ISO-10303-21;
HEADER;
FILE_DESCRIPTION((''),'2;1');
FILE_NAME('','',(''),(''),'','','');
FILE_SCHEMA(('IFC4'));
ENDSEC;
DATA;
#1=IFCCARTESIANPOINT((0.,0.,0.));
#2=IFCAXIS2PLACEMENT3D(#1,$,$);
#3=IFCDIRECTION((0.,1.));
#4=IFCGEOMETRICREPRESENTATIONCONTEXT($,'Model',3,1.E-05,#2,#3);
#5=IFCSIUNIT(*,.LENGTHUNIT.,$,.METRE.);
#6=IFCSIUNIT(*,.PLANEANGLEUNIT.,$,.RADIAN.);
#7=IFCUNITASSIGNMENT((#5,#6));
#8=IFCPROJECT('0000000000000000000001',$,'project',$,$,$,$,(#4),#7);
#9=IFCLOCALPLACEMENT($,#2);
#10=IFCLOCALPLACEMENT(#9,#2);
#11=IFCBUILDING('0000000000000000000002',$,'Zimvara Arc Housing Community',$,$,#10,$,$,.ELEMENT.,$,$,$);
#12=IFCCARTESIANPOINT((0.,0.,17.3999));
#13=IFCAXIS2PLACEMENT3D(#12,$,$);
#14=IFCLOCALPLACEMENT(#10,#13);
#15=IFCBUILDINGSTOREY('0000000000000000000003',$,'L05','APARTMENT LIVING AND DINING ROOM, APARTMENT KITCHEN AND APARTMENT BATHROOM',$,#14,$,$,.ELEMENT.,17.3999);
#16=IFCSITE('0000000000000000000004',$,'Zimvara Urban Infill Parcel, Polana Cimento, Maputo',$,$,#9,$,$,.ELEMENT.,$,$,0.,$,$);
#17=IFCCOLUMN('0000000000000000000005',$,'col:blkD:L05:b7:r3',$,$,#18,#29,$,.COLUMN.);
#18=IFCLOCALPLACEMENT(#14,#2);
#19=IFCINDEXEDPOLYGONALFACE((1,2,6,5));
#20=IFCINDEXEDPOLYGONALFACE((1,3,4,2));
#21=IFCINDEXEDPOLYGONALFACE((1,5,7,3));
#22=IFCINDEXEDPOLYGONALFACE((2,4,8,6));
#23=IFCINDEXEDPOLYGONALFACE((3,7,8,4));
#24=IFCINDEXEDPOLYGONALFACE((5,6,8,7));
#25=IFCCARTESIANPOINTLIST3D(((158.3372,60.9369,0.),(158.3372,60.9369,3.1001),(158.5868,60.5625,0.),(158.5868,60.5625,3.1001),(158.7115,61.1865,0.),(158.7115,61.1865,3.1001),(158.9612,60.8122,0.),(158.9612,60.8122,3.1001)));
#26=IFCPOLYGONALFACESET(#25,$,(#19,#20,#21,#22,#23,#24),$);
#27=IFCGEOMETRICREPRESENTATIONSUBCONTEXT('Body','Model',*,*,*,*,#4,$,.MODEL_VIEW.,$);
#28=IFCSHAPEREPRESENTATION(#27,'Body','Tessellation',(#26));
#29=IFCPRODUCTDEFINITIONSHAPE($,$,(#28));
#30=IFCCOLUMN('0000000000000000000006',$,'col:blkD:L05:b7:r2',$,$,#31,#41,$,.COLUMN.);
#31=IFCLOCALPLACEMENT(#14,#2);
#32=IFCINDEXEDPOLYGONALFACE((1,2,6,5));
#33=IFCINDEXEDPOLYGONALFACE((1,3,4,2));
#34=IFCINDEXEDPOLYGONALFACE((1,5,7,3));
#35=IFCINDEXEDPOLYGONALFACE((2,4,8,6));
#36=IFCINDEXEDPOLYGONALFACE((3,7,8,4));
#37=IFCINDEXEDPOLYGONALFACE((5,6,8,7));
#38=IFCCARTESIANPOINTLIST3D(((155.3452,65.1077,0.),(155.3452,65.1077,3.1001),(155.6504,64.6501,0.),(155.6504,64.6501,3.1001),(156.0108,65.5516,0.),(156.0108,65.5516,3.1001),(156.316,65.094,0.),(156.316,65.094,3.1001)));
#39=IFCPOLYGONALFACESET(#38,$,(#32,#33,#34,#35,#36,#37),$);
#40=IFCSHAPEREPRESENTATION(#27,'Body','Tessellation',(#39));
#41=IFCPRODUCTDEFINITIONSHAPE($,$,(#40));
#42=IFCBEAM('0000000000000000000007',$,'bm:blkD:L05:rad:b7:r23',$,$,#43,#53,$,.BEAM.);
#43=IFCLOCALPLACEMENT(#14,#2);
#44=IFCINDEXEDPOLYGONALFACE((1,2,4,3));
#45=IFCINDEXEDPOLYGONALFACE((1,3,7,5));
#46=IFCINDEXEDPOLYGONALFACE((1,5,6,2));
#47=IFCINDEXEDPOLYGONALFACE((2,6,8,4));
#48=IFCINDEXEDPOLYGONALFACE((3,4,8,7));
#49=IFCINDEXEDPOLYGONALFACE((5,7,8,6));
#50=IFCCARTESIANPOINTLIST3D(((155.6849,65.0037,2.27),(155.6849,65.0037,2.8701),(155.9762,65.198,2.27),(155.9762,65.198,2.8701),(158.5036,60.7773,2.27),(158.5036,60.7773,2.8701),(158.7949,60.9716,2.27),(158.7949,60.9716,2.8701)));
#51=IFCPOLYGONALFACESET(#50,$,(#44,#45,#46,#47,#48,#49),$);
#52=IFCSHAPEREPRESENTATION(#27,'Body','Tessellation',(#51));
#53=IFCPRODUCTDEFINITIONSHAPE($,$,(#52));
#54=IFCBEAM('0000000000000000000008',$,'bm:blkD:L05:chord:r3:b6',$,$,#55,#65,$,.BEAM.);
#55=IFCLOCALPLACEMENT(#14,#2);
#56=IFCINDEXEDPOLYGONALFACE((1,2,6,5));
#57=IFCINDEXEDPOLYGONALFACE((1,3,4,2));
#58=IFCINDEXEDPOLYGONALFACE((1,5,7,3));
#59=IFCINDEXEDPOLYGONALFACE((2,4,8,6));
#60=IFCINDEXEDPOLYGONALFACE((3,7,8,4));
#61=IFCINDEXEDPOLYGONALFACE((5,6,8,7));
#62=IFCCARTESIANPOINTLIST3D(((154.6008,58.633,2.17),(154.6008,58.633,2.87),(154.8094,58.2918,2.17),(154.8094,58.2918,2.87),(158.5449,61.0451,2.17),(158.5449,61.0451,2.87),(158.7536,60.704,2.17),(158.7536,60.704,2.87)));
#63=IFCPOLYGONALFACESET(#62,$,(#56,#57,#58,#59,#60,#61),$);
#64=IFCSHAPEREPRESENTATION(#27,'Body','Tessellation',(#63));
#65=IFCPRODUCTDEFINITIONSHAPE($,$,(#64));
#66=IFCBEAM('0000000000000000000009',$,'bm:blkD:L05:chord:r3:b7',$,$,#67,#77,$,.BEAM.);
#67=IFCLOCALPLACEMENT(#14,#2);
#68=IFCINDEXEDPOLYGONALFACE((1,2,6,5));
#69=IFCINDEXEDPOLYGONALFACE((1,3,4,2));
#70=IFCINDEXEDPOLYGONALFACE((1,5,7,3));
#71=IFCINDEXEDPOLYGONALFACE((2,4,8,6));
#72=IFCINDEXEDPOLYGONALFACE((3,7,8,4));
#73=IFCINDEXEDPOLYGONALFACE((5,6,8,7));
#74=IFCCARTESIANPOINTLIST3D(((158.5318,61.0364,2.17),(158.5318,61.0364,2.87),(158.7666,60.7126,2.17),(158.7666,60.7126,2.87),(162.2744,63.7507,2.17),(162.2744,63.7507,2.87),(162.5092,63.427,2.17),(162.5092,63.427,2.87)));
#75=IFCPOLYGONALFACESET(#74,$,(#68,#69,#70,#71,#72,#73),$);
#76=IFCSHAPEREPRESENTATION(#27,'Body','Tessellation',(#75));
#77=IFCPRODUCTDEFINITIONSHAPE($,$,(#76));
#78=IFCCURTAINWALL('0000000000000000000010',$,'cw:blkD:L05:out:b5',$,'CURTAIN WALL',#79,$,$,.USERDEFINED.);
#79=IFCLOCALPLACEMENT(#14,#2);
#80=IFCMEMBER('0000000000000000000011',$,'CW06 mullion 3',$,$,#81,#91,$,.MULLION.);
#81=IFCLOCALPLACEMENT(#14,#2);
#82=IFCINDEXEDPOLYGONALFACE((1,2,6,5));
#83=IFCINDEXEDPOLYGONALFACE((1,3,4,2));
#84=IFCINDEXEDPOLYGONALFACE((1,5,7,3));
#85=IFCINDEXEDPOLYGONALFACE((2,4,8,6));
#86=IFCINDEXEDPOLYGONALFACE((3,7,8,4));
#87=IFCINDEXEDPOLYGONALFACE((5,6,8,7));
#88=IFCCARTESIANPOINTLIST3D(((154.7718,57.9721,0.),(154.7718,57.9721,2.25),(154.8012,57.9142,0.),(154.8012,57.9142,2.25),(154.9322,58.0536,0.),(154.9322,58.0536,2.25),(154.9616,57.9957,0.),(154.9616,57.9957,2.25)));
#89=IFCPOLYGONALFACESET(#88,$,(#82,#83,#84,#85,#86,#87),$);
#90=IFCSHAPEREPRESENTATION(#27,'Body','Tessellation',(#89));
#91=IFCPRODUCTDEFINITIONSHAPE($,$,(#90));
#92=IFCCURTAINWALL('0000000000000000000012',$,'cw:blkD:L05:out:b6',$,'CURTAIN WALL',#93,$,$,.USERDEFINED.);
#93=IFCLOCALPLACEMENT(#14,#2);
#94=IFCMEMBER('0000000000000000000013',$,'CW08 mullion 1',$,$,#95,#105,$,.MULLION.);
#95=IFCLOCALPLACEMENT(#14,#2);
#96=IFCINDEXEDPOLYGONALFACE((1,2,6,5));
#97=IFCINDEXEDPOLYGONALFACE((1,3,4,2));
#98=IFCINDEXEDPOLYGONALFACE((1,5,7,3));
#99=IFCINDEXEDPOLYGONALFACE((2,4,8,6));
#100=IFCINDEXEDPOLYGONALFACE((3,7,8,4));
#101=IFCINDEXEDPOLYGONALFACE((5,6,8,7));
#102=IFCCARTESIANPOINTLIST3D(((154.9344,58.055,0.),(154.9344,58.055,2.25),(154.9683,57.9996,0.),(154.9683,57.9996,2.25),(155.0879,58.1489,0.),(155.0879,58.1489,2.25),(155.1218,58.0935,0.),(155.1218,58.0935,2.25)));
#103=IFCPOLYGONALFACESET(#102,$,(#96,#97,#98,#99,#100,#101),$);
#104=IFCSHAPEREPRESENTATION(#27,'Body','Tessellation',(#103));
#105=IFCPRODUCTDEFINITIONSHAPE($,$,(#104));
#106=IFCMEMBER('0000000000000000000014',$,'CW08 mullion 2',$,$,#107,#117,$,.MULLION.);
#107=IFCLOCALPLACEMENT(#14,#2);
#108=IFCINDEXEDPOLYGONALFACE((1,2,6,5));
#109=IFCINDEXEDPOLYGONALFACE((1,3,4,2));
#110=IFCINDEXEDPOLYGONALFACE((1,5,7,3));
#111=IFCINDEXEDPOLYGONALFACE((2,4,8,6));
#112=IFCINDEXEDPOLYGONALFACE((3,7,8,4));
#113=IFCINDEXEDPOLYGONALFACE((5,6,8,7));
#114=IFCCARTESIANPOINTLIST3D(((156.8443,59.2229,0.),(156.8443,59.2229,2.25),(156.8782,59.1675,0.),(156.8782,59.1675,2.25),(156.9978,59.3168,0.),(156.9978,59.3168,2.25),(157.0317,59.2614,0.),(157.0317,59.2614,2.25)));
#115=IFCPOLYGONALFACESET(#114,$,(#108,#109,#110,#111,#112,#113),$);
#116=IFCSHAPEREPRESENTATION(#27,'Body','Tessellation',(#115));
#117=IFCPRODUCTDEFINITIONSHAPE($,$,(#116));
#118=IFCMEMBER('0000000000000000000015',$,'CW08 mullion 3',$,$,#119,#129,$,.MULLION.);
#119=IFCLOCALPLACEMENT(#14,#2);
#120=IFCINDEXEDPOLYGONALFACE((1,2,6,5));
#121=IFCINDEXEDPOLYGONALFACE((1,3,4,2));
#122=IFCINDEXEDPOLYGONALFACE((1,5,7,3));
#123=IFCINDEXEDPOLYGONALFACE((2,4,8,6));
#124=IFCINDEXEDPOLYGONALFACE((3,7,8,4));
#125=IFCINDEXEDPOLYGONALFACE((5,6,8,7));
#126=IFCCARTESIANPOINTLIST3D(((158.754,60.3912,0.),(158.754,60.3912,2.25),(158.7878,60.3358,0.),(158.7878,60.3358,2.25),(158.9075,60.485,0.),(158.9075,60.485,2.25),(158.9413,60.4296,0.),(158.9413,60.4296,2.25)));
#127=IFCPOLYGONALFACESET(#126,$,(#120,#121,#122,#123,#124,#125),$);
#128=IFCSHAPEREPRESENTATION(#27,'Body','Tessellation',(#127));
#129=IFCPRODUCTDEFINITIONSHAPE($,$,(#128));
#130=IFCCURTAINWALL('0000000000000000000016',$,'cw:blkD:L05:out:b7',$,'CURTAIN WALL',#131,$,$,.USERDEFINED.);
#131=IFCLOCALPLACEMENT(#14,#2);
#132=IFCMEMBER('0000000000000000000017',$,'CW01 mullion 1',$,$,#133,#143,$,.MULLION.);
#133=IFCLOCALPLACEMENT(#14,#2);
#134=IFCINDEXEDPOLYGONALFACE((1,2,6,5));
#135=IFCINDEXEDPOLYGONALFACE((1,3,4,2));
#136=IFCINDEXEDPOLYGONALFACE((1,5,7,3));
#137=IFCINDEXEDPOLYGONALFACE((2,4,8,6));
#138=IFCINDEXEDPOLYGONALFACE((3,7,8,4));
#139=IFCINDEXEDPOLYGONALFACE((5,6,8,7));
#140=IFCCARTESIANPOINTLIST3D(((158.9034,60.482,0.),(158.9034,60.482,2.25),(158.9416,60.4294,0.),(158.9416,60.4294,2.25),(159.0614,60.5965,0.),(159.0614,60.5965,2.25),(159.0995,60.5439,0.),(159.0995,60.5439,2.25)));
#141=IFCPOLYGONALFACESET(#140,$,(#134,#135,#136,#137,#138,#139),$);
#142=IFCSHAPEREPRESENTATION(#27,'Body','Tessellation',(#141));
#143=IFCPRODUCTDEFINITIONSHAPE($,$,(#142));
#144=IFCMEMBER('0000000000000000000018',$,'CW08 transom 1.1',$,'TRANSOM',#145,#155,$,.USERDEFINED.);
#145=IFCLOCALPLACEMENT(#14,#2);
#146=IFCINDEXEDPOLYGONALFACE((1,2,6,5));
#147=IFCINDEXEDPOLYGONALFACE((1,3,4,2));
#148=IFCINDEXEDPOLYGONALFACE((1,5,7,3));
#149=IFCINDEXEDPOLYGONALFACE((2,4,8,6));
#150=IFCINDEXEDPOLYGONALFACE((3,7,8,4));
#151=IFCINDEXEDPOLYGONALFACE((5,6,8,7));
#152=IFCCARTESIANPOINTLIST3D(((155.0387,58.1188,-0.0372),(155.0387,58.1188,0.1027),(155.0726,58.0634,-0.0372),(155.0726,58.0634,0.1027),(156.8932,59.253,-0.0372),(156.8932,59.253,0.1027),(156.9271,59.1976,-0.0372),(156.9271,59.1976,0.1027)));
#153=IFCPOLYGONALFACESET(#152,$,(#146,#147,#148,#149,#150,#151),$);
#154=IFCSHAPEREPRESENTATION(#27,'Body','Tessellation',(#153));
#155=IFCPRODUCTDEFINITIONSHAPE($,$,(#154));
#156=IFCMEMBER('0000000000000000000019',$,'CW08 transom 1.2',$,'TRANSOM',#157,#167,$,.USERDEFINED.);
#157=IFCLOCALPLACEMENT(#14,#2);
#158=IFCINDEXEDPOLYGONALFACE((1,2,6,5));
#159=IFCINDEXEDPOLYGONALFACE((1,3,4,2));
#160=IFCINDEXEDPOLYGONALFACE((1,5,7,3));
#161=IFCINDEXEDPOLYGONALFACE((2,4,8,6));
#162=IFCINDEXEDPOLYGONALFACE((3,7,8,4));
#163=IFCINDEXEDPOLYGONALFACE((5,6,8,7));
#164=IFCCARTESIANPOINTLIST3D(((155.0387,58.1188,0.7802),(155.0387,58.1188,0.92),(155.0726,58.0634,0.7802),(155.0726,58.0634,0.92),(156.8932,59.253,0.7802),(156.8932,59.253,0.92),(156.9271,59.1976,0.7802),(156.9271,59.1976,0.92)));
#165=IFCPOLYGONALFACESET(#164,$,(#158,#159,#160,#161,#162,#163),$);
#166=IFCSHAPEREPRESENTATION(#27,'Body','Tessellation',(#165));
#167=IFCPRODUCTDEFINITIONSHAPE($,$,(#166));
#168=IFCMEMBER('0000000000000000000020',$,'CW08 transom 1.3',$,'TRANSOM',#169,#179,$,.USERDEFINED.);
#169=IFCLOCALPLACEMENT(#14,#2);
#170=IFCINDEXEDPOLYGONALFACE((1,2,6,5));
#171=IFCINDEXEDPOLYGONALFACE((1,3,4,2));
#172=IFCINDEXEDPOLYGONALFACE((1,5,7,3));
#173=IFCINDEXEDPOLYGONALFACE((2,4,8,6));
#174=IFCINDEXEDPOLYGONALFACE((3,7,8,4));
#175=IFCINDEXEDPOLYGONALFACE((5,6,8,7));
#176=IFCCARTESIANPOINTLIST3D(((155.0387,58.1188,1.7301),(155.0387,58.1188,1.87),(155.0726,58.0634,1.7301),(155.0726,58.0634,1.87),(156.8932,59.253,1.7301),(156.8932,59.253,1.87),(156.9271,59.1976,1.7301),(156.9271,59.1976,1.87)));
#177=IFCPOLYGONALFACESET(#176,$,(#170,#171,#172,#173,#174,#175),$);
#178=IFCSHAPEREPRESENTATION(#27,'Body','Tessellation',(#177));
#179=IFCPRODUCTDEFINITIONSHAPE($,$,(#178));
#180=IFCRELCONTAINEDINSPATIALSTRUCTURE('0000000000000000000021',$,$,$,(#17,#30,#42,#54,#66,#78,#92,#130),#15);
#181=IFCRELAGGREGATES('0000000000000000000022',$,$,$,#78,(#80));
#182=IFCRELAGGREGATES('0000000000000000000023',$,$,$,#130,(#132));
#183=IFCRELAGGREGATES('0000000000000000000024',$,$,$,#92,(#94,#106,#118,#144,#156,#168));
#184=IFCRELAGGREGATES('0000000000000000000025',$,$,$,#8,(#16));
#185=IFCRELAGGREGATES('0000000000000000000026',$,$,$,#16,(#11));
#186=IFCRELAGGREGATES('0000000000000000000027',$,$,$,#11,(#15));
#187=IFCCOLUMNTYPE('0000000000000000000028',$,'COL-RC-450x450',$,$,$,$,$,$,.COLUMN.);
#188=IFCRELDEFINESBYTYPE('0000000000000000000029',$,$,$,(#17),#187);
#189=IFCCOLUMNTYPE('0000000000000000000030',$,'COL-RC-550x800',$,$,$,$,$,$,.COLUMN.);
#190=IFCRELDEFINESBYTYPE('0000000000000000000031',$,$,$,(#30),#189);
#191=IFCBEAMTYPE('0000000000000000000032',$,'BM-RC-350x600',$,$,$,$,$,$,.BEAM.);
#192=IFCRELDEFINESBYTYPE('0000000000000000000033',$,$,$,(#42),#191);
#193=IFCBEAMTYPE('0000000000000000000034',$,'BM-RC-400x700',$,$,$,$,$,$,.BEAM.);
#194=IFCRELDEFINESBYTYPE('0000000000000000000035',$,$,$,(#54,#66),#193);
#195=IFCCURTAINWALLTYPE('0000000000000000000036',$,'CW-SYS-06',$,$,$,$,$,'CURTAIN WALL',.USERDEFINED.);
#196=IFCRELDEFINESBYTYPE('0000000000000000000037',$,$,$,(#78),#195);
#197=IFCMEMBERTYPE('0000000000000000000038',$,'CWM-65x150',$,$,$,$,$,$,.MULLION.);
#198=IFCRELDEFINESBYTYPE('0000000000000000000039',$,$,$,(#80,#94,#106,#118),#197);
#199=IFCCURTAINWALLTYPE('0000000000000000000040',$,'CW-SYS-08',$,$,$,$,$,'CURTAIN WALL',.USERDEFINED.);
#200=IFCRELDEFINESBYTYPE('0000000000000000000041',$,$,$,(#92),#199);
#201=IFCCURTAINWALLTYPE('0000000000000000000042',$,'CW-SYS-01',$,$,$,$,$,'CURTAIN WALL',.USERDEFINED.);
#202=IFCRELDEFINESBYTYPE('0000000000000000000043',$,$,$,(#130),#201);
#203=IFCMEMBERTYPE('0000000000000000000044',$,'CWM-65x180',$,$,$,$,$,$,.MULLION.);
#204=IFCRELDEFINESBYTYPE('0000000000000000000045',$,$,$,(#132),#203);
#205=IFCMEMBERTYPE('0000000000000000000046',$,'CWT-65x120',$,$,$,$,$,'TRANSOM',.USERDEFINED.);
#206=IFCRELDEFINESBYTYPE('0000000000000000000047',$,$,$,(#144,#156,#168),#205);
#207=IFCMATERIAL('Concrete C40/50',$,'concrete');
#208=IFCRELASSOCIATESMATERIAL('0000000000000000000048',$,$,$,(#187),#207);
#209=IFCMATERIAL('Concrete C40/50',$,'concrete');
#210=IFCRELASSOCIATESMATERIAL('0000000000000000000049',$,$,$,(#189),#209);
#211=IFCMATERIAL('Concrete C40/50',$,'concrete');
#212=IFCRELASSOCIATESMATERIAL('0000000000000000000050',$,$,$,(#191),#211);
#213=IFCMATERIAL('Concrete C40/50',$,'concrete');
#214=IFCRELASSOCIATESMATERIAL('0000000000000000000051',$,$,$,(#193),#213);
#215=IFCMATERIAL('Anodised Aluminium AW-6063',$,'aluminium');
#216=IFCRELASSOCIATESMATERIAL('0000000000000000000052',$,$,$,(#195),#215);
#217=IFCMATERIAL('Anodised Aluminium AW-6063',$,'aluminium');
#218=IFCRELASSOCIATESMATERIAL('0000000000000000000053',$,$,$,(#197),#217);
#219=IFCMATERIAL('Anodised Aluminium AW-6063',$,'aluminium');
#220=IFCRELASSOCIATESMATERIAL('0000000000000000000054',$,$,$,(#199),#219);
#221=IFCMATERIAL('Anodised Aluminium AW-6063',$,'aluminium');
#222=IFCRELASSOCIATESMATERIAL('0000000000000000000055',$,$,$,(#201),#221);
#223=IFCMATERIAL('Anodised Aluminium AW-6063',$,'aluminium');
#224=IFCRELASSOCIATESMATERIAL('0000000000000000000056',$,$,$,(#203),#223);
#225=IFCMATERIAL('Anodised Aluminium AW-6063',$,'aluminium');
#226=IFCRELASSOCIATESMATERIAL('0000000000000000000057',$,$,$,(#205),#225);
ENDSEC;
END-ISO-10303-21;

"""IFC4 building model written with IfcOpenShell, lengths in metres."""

from ifc_helpers import new_model, si_unit, direction, frame, origin, origin_2d, place, context, subcontext, project, spatial, rectangle, extrude, material, material_profile, profile_set, type_object, element, aggregate, save


model = new_model("IFC4")

# Units and contexts
model_context = context("Model", 3, precision=1e-05, world=origin(), true_north=direction((0.0, 1.0)))
body_context = subcontext(model_context, "Body", "Model", "MODEL_VIEW")
ifc_project = project(units=[si_unit("LENGTHUNIT", "METRE"), si_unit("PLANEANGLEUNIT", "RADIAN")], contexts=[model_context])

# Site, building, storey
site_placement = place(None, origin())
site = spatial("IfcSite", under=ifc_project, at=site_placement, Name="Zimvara Urban Infill Parcel, Polana Cimento, Maputo", CompositionType="ELEMENT", RefElevation=0.0)
building_placement = place(site_placement, origin())
building = spatial("IfcBuilding", under=site, at=building_placement, Name="Zimvara Arc Housing Community", CompositionType="ELEMENT")
storey_placement = place(building_placement, frame((0.0, 0.0, 17.3999)))
storey = spatial("IfcBuildingStorey", under=building, at=storey_placement, Name="L05", Description="APARTMENT LIVING AND DINING ROOM, APARTMENT KITCHEN AND APARTMENT BATHROOM", CompositionType="ELEMENT", Elevation=17.3999)

# Columns
ifc_material_1 = material(Name="Concrete C40/50", Category="concrete")
ifc_material_profile_1 = material_profile(ifc_material_1, rectangle(XDim=0.45, YDim=0.45, at=origin_2d()), Name="RC 450x450")
ifc_profile_set_1 = profile_set([ifc_material_profile_1], Name="Concrete C40/50")
column_type_1 = type_object("IfcColumnType", Name="COL-RC-450x450", PredefinedType="COLUMN", material=ifc_profile_set_1)
column_1_placement = place(storey_placement, frame((158.6492, 60.8745, 0.0), z_axis=(0.0, 0.0, 1.0), x_axis=(0.554844, -0.831954, 0.0)))
element("IfcColumn", 1, at=column_1_placement, inside=storey, type_object=column_type_1, Name="col:blkD:L05:b7:r3", PredefinedType="COLUMN", context=body_context, shape_type="SweptSolid", body=[
    extrude(rectangle(XDim=0.45, YDim=0.45, at=origin_2d()), origin(), (0.0, 0.0, 1.0), 3.1001),
])
ifc_material_2 = material(Name="Concrete C40/50", Category="concrete")
ifc_material_profile_2 = material_profile(ifc_material_2, rectangle(XDim=0.55, YDim=0.8, at=origin_2d()), Name="RC 550x800")
ifc_profile_set_2 = profile_set([ifc_material_profile_2], Name="Concrete C40/50")
column_type_2 = type_object("IfcColumnType", Name="COL-RC-550x800", PredefinedType="COLUMN", material=ifc_profile_set_2)
column_2_placement = place(storey_placement, frame((155.8306, 65.1008, 0.0), z_axis=(0.0, 0.0, 1.0), x_axis=(0.554844, -0.831954, 0.0)))
element("IfcColumn", 2, at=column_2_placement, inside=storey, type_object=column_type_2, Name="col:blkD:L05:b7:r2", PredefinedType="COLUMN", context=body_context, shape_type="SweptSolid", body=[
    extrude(rectangle(XDim=0.55, YDim=0.8, at=origin_2d()), origin(), (0.0, 0.0, 1.0), 3.1001),
])

# Beams
ifc_material_3 = material(Name="Concrete C40/50", Category="concrete")
ifc_material_profile_3 = material_profile(ifc_material_3, rectangle(XDim=0.3501, YDim=0.6001, at=origin_2d()), Name="RC 350x600")
ifc_profile_set_3 = profile_set([ifc_material_profile_3], Name="Concrete C40/50")
beam_type_1 = type_object("IfcBeamType", Name="BM-RC-350x600", PredefinedType="BEAM", material=ifc_profile_set_3)
beam_placement = place(storey_placement, frame((155.8306, 65.1008, 2.5701), z_axis=(0.554844, -0.831954, 0.0), x_axis=(0.831954, 0.554844, 0.0)))
element("IfcBeam", 3, at=beam_placement, inside=storey, type_object=beam_type_1, Name="bm:blkD:L05:rad:b7:r23", PredefinedType="BEAM", context=body_context, shape_type="SweptSolid", body=[
    extrude(rectangle(XDim=0.3501, YDim=0.6001, at=origin_2d()), origin(), (0.0, 0.0, 1.0), 5.0801),
])
ifc_material_4 = material(Name="Concrete C40/50", Category="concrete")
ifc_material_profile_4 = material_profile(ifc_material_4, rectangle(XDim=0.3999, YDim=0.7, at=origin_2d()), Name="RC 400x700")
ifc_profile_set_4 = profile_set([ifc_material_profile_4], Name="Concrete C40/50")
beam_type_2 = type_object("IfcBeamType", Name="BM-RC-400x700", PredefinedType="BEAM", material=ifc_profile_set_4)
for number, where, z_axis, x_axis, name in (
    (4, (154.7051, 58.4624, 2.52), (0.853106, 0.521738, 0.0), (-0.521738, 0.853106, 0.0), "bm:blkD:L05:chord:r3:b6"),
    (5, (158.6492, 60.8745, 2.52), (0.809516, 0.587097, 0.0), (-0.587097, 0.809516, 0.0), "bm:blkD:L05:chord:r3:b7"),
):
    element("IfcBeam", number, at=place(storey_placement, frame(where, z_axis=z_axis, x_axis=x_axis)), inside=storey, type_object=beam_type_2, Name=name, PredefinedType="BEAM", context=body_context, shape_type="SweptSolid", body=[
        extrude(rectangle(XDim=0.3999, YDim=0.7, at=origin_2d()), origin(), (0.0, 0.0, 1.0), 4.6233),
    ])

# Curtain wall, member
ifc_material_5 = material(Name="Anodised Aluminium AW-6063", Category="aluminium")
curtain_wall_type_1 = type_object("IfcCurtainWallType", Name="CW-SYS-06", ElementType="CURTAIN WALL", PredefinedType="USERDEFINED", material=ifc_material_5)
curtain_wall_1_placement = place(storey_placement, origin())
curtain_wall_1 = element("IfcCurtainWall", 6, at=curtain_wall_1_placement, inside=storey, type_object=curtain_wall_type_1, Name="cw:blkD:L05:out:b5", ObjectType="CURTAIN WALL", PredefinedType="USERDEFINED")
ifc_material_6 = material(Name="Anodised Aluminium AW-6063", Category="aluminium")
ifc_material_profile_5 = material_profile(ifc_material_6, rectangle(XDim=0.0649, YDim=0.1799, at=origin_2d()), Name="ALU 65x180")
ifc_profile_set_5 = profile_set([ifc_material_profile_5], Name="Anodised Aluminium AW-6063")
member_type_1 = type_object("IfcMemberType", Name="CWM-65x150", PredefinedType="MULLION", material=ifc_profile_set_5)
member_1_placement = place(storey_placement, frame((154.8667, 57.9839, 0.0), z_axis=(0.0, 0.0, 1.0), x_axis=(-0.453212, 0.891403, 0.0)))
member_1 = element("IfcMember", 7, at=member_1_placement, type_object=member_type_1, Name="CW06 mullion 3", PredefinedType="MULLION", context=body_context, shape_type="SweptSolid", body=[
    extrude(rectangle(XDim=0.0649, YDim=0.1799, at=origin_2d()), origin(), (0.0, 0.0, 1.0), 2.25),
])
aggregate(curtain_wall_1, [member_1])

# Curtain wall, members
ifc_material_7 = material(Name="Anodised Aluminium AW-6063", Category="aluminium")
curtain_wall_type_2 = type_object("IfcCurtainWallType", Name="CW-SYS-08", ElementType="CURTAIN WALL", PredefinedType="USERDEFINED", material=ifc_material_7)
curtain_wall_2_placement = place(storey_placement, origin())
curtain_wall_2 = element("IfcCurtainWall", 8, at=curtain_wall_2_placement, inside=storey, type_object=curtain_wall_type_2, Name="cw:blkD:L05:out:b6", ObjectType="CURTAIN WALL", PredefinedType="USERDEFINED")
member_2_placement = place(storey_placement, frame((155.0281, 58.0742, 0.0), z_axis=(0.0, 0.0, 1.0), x_axis=(-0.521754, 0.853096, 0.0)))
member_2 = element("IfcMember", 9, at=member_2_placement, type_object=member_type_1, Name="CW08 mullion 1", PredefinedType="MULLION", context=body_context, shape_type="SweptSolid", body=[
    extrude(rectangle(XDim=0.0649, YDim=0.1799, at=origin_2d()), origin(), (0.0, 0.0, 1.0), 2.25),
])
member_3_placement = place(storey_placement, frame((156.938, 59.2422, 0.0), z_axis=(0.0, 0.0, 1.0), x_axis=(-0.521754, 0.853096, 0.0)))
member_3 = element("IfcMember", 10, at=member_3_placement, type_object=member_type_1, Name="CW08 mullion 2", PredefinedType="MULLION", context=body_context, shape_type="SweptSolid", body=[
    extrude(rectangle(XDim=0.0649, YDim=0.1799, at=origin_2d()), origin(), (0.0, 0.0, 1.0), 2.25),
])
member_4_placement = place(storey_placement, frame((158.8477, 60.4104, 0.0), z_axis=(0.0, 0.0, 1.0), x_axis=(-0.521754, 0.853096, 0.0)))
member_4 = element("IfcMember", 11, at=member_4_placement, type_object=member_type_1, Name="CW08 mullion 3", PredefinedType="MULLION", context=body_context, shape_type="SweptSolid", body=[
    extrude(rectangle(XDim=0.0649, YDim=0.1799, at=origin_2d()), origin(), (0.0, 0.0, 1.0), 2.25),
])

# Curtain wall, member
ifc_material_8 = material(Name="Anodised Aluminium AW-6063", Category="aluminium")
curtain_wall_type_3 = type_object("IfcCurtainWallType", Name="CW-SYS-01", ElementType="CURTAIN WALL", PredefinedType="USERDEFINED", material=ifc_material_8)
curtain_wall_3_placement = place(storey_placement, origin())
curtain_wall_3 = element("IfcCurtainWall", 12, at=curtain_wall_3_placement, inside=storey, type_object=curtain_wall_type_3, Name="cw:blkD:L05:out:b7", ObjectType="CURTAIN WALL", PredefinedType="USERDEFINED")
ifc_material_9 = material(Name="Anodised Aluminium AW-6063", Category="aluminium")
ifc_material_profile_6 = material_profile(ifc_material_9, rectangle(XDim=0.0649, YDim=0.1951, at=origin_2d()), Name="ALU 65x195")
ifc_profile_set_6 = profile_set([ifc_material_profile_6], Name="Anodised Aluminium AW-6063")
member_type_2 = type_object("IfcMemberType", Name="CWM-65x180", PredefinedType="MULLION", material=ifc_profile_set_6)
member_5_placement = place(storey_placement, frame((159.0015, 60.5129, 0.0), z_axis=(0.0, 0.0, 1.0), x_axis=(-0.587078, 0.80953, 0.0)))
member_5 = element("IfcMember", 13, at=member_5_placement, type_object=member_type_2, Name="CW01 mullion 1", PredefinedType="MULLION", context=body_context, shape_type="SweptSolid", body=[
    extrude(rectangle(XDim=0.0649, YDim=0.1951, at=origin_2d()), origin(), (0.0, 0.0, 1.0), 2.25),
])

# Members
ifc_material_10 = material(Name="Anodised Aluminium AW-6063", Category="aluminium")
ifc_material_profile_7 = material_profile(ifc_material_10, rectangle(XDim=0.0649, YDim=0.1399, at=origin_2d()), Name="ALU 65x140")
ifc_profile_set_7 = profile_set([ifc_material_profile_7], Name="Anodised Aluminium AW-6063")
member_type_3 = type_object("IfcMemberType", Name="CWT-65x120", ElementType="TRANSOM", PredefinedType="USERDEFINED", material=ifc_profile_set_7)
member_6_placement = place(storey_placement, frame((155.0557, 58.0911, 0.0327), z_axis=(0.853082, 0.521777, 0.0), x_axis=(-0.521777, 0.853082, 0.0)))
member_6 = element("IfcMember", 14, at=member_6_placement, type_object=member_type_3, Name="CW08 transom 1.1", ObjectType="TRANSOM", PredefinedType="USERDEFINED", context=body_context, shape_type="SweptSolid", body=[
    extrude(rectangle(XDim=0.0649, YDim=0.1399, at=origin_2d()), origin(), (0.0, 0.0, 1.0), 2.1738),
])
member_7_placement = place(storey_placement, frame((155.0557, 58.0911, 0.8501), z_axis=(0.853082, 0.521777, 0.0), x_axis=(-0.521777, 0.853082, 0.0)))
member_7 = element("IfcMember", 15, at=member_7_placement, type_object=member_type_3, Name="CW08 transom 1.2", ObjectType="TRANSOM", PredefinedType="USERDEFINED", context=body_context, shape_type="SweptSolid", body=[
    extrude(rectangle(XDim=0.0649, YDim=0.1399, at=origin_2d()), origin(), (0.0, 0.0, 1.0), 2.1738),
])
member_8_placement = place(storey_placement, frame((155.0557, 58.0911, 1.8), z_axis=(0.853082, 0.521777, 0.0), x_axis=(-0.521777, 0.853082, 0.0)))
member_8 = element("IfcMember", 16, at=member_8_placement, type_object=member_type_3, Name="CW08 transom 1.3", ObjectType="TRANSOM", PredefinedType="USERDEFINED", context=body_context, shape_type="SweptSolid", body=[
    extrude(rectangle(XDim=0.0649, YDim=0.1399, at=origin_2d()), origin(), (0.0, 0.0, 1.0), 2.1738),
])
aggregate(curtain_wall_3, [member_5])

aggregate(curtain_wall_2, [member_2, member_3, member_4, member_6, member_7, member_8])

save(model, "model.ifc")
